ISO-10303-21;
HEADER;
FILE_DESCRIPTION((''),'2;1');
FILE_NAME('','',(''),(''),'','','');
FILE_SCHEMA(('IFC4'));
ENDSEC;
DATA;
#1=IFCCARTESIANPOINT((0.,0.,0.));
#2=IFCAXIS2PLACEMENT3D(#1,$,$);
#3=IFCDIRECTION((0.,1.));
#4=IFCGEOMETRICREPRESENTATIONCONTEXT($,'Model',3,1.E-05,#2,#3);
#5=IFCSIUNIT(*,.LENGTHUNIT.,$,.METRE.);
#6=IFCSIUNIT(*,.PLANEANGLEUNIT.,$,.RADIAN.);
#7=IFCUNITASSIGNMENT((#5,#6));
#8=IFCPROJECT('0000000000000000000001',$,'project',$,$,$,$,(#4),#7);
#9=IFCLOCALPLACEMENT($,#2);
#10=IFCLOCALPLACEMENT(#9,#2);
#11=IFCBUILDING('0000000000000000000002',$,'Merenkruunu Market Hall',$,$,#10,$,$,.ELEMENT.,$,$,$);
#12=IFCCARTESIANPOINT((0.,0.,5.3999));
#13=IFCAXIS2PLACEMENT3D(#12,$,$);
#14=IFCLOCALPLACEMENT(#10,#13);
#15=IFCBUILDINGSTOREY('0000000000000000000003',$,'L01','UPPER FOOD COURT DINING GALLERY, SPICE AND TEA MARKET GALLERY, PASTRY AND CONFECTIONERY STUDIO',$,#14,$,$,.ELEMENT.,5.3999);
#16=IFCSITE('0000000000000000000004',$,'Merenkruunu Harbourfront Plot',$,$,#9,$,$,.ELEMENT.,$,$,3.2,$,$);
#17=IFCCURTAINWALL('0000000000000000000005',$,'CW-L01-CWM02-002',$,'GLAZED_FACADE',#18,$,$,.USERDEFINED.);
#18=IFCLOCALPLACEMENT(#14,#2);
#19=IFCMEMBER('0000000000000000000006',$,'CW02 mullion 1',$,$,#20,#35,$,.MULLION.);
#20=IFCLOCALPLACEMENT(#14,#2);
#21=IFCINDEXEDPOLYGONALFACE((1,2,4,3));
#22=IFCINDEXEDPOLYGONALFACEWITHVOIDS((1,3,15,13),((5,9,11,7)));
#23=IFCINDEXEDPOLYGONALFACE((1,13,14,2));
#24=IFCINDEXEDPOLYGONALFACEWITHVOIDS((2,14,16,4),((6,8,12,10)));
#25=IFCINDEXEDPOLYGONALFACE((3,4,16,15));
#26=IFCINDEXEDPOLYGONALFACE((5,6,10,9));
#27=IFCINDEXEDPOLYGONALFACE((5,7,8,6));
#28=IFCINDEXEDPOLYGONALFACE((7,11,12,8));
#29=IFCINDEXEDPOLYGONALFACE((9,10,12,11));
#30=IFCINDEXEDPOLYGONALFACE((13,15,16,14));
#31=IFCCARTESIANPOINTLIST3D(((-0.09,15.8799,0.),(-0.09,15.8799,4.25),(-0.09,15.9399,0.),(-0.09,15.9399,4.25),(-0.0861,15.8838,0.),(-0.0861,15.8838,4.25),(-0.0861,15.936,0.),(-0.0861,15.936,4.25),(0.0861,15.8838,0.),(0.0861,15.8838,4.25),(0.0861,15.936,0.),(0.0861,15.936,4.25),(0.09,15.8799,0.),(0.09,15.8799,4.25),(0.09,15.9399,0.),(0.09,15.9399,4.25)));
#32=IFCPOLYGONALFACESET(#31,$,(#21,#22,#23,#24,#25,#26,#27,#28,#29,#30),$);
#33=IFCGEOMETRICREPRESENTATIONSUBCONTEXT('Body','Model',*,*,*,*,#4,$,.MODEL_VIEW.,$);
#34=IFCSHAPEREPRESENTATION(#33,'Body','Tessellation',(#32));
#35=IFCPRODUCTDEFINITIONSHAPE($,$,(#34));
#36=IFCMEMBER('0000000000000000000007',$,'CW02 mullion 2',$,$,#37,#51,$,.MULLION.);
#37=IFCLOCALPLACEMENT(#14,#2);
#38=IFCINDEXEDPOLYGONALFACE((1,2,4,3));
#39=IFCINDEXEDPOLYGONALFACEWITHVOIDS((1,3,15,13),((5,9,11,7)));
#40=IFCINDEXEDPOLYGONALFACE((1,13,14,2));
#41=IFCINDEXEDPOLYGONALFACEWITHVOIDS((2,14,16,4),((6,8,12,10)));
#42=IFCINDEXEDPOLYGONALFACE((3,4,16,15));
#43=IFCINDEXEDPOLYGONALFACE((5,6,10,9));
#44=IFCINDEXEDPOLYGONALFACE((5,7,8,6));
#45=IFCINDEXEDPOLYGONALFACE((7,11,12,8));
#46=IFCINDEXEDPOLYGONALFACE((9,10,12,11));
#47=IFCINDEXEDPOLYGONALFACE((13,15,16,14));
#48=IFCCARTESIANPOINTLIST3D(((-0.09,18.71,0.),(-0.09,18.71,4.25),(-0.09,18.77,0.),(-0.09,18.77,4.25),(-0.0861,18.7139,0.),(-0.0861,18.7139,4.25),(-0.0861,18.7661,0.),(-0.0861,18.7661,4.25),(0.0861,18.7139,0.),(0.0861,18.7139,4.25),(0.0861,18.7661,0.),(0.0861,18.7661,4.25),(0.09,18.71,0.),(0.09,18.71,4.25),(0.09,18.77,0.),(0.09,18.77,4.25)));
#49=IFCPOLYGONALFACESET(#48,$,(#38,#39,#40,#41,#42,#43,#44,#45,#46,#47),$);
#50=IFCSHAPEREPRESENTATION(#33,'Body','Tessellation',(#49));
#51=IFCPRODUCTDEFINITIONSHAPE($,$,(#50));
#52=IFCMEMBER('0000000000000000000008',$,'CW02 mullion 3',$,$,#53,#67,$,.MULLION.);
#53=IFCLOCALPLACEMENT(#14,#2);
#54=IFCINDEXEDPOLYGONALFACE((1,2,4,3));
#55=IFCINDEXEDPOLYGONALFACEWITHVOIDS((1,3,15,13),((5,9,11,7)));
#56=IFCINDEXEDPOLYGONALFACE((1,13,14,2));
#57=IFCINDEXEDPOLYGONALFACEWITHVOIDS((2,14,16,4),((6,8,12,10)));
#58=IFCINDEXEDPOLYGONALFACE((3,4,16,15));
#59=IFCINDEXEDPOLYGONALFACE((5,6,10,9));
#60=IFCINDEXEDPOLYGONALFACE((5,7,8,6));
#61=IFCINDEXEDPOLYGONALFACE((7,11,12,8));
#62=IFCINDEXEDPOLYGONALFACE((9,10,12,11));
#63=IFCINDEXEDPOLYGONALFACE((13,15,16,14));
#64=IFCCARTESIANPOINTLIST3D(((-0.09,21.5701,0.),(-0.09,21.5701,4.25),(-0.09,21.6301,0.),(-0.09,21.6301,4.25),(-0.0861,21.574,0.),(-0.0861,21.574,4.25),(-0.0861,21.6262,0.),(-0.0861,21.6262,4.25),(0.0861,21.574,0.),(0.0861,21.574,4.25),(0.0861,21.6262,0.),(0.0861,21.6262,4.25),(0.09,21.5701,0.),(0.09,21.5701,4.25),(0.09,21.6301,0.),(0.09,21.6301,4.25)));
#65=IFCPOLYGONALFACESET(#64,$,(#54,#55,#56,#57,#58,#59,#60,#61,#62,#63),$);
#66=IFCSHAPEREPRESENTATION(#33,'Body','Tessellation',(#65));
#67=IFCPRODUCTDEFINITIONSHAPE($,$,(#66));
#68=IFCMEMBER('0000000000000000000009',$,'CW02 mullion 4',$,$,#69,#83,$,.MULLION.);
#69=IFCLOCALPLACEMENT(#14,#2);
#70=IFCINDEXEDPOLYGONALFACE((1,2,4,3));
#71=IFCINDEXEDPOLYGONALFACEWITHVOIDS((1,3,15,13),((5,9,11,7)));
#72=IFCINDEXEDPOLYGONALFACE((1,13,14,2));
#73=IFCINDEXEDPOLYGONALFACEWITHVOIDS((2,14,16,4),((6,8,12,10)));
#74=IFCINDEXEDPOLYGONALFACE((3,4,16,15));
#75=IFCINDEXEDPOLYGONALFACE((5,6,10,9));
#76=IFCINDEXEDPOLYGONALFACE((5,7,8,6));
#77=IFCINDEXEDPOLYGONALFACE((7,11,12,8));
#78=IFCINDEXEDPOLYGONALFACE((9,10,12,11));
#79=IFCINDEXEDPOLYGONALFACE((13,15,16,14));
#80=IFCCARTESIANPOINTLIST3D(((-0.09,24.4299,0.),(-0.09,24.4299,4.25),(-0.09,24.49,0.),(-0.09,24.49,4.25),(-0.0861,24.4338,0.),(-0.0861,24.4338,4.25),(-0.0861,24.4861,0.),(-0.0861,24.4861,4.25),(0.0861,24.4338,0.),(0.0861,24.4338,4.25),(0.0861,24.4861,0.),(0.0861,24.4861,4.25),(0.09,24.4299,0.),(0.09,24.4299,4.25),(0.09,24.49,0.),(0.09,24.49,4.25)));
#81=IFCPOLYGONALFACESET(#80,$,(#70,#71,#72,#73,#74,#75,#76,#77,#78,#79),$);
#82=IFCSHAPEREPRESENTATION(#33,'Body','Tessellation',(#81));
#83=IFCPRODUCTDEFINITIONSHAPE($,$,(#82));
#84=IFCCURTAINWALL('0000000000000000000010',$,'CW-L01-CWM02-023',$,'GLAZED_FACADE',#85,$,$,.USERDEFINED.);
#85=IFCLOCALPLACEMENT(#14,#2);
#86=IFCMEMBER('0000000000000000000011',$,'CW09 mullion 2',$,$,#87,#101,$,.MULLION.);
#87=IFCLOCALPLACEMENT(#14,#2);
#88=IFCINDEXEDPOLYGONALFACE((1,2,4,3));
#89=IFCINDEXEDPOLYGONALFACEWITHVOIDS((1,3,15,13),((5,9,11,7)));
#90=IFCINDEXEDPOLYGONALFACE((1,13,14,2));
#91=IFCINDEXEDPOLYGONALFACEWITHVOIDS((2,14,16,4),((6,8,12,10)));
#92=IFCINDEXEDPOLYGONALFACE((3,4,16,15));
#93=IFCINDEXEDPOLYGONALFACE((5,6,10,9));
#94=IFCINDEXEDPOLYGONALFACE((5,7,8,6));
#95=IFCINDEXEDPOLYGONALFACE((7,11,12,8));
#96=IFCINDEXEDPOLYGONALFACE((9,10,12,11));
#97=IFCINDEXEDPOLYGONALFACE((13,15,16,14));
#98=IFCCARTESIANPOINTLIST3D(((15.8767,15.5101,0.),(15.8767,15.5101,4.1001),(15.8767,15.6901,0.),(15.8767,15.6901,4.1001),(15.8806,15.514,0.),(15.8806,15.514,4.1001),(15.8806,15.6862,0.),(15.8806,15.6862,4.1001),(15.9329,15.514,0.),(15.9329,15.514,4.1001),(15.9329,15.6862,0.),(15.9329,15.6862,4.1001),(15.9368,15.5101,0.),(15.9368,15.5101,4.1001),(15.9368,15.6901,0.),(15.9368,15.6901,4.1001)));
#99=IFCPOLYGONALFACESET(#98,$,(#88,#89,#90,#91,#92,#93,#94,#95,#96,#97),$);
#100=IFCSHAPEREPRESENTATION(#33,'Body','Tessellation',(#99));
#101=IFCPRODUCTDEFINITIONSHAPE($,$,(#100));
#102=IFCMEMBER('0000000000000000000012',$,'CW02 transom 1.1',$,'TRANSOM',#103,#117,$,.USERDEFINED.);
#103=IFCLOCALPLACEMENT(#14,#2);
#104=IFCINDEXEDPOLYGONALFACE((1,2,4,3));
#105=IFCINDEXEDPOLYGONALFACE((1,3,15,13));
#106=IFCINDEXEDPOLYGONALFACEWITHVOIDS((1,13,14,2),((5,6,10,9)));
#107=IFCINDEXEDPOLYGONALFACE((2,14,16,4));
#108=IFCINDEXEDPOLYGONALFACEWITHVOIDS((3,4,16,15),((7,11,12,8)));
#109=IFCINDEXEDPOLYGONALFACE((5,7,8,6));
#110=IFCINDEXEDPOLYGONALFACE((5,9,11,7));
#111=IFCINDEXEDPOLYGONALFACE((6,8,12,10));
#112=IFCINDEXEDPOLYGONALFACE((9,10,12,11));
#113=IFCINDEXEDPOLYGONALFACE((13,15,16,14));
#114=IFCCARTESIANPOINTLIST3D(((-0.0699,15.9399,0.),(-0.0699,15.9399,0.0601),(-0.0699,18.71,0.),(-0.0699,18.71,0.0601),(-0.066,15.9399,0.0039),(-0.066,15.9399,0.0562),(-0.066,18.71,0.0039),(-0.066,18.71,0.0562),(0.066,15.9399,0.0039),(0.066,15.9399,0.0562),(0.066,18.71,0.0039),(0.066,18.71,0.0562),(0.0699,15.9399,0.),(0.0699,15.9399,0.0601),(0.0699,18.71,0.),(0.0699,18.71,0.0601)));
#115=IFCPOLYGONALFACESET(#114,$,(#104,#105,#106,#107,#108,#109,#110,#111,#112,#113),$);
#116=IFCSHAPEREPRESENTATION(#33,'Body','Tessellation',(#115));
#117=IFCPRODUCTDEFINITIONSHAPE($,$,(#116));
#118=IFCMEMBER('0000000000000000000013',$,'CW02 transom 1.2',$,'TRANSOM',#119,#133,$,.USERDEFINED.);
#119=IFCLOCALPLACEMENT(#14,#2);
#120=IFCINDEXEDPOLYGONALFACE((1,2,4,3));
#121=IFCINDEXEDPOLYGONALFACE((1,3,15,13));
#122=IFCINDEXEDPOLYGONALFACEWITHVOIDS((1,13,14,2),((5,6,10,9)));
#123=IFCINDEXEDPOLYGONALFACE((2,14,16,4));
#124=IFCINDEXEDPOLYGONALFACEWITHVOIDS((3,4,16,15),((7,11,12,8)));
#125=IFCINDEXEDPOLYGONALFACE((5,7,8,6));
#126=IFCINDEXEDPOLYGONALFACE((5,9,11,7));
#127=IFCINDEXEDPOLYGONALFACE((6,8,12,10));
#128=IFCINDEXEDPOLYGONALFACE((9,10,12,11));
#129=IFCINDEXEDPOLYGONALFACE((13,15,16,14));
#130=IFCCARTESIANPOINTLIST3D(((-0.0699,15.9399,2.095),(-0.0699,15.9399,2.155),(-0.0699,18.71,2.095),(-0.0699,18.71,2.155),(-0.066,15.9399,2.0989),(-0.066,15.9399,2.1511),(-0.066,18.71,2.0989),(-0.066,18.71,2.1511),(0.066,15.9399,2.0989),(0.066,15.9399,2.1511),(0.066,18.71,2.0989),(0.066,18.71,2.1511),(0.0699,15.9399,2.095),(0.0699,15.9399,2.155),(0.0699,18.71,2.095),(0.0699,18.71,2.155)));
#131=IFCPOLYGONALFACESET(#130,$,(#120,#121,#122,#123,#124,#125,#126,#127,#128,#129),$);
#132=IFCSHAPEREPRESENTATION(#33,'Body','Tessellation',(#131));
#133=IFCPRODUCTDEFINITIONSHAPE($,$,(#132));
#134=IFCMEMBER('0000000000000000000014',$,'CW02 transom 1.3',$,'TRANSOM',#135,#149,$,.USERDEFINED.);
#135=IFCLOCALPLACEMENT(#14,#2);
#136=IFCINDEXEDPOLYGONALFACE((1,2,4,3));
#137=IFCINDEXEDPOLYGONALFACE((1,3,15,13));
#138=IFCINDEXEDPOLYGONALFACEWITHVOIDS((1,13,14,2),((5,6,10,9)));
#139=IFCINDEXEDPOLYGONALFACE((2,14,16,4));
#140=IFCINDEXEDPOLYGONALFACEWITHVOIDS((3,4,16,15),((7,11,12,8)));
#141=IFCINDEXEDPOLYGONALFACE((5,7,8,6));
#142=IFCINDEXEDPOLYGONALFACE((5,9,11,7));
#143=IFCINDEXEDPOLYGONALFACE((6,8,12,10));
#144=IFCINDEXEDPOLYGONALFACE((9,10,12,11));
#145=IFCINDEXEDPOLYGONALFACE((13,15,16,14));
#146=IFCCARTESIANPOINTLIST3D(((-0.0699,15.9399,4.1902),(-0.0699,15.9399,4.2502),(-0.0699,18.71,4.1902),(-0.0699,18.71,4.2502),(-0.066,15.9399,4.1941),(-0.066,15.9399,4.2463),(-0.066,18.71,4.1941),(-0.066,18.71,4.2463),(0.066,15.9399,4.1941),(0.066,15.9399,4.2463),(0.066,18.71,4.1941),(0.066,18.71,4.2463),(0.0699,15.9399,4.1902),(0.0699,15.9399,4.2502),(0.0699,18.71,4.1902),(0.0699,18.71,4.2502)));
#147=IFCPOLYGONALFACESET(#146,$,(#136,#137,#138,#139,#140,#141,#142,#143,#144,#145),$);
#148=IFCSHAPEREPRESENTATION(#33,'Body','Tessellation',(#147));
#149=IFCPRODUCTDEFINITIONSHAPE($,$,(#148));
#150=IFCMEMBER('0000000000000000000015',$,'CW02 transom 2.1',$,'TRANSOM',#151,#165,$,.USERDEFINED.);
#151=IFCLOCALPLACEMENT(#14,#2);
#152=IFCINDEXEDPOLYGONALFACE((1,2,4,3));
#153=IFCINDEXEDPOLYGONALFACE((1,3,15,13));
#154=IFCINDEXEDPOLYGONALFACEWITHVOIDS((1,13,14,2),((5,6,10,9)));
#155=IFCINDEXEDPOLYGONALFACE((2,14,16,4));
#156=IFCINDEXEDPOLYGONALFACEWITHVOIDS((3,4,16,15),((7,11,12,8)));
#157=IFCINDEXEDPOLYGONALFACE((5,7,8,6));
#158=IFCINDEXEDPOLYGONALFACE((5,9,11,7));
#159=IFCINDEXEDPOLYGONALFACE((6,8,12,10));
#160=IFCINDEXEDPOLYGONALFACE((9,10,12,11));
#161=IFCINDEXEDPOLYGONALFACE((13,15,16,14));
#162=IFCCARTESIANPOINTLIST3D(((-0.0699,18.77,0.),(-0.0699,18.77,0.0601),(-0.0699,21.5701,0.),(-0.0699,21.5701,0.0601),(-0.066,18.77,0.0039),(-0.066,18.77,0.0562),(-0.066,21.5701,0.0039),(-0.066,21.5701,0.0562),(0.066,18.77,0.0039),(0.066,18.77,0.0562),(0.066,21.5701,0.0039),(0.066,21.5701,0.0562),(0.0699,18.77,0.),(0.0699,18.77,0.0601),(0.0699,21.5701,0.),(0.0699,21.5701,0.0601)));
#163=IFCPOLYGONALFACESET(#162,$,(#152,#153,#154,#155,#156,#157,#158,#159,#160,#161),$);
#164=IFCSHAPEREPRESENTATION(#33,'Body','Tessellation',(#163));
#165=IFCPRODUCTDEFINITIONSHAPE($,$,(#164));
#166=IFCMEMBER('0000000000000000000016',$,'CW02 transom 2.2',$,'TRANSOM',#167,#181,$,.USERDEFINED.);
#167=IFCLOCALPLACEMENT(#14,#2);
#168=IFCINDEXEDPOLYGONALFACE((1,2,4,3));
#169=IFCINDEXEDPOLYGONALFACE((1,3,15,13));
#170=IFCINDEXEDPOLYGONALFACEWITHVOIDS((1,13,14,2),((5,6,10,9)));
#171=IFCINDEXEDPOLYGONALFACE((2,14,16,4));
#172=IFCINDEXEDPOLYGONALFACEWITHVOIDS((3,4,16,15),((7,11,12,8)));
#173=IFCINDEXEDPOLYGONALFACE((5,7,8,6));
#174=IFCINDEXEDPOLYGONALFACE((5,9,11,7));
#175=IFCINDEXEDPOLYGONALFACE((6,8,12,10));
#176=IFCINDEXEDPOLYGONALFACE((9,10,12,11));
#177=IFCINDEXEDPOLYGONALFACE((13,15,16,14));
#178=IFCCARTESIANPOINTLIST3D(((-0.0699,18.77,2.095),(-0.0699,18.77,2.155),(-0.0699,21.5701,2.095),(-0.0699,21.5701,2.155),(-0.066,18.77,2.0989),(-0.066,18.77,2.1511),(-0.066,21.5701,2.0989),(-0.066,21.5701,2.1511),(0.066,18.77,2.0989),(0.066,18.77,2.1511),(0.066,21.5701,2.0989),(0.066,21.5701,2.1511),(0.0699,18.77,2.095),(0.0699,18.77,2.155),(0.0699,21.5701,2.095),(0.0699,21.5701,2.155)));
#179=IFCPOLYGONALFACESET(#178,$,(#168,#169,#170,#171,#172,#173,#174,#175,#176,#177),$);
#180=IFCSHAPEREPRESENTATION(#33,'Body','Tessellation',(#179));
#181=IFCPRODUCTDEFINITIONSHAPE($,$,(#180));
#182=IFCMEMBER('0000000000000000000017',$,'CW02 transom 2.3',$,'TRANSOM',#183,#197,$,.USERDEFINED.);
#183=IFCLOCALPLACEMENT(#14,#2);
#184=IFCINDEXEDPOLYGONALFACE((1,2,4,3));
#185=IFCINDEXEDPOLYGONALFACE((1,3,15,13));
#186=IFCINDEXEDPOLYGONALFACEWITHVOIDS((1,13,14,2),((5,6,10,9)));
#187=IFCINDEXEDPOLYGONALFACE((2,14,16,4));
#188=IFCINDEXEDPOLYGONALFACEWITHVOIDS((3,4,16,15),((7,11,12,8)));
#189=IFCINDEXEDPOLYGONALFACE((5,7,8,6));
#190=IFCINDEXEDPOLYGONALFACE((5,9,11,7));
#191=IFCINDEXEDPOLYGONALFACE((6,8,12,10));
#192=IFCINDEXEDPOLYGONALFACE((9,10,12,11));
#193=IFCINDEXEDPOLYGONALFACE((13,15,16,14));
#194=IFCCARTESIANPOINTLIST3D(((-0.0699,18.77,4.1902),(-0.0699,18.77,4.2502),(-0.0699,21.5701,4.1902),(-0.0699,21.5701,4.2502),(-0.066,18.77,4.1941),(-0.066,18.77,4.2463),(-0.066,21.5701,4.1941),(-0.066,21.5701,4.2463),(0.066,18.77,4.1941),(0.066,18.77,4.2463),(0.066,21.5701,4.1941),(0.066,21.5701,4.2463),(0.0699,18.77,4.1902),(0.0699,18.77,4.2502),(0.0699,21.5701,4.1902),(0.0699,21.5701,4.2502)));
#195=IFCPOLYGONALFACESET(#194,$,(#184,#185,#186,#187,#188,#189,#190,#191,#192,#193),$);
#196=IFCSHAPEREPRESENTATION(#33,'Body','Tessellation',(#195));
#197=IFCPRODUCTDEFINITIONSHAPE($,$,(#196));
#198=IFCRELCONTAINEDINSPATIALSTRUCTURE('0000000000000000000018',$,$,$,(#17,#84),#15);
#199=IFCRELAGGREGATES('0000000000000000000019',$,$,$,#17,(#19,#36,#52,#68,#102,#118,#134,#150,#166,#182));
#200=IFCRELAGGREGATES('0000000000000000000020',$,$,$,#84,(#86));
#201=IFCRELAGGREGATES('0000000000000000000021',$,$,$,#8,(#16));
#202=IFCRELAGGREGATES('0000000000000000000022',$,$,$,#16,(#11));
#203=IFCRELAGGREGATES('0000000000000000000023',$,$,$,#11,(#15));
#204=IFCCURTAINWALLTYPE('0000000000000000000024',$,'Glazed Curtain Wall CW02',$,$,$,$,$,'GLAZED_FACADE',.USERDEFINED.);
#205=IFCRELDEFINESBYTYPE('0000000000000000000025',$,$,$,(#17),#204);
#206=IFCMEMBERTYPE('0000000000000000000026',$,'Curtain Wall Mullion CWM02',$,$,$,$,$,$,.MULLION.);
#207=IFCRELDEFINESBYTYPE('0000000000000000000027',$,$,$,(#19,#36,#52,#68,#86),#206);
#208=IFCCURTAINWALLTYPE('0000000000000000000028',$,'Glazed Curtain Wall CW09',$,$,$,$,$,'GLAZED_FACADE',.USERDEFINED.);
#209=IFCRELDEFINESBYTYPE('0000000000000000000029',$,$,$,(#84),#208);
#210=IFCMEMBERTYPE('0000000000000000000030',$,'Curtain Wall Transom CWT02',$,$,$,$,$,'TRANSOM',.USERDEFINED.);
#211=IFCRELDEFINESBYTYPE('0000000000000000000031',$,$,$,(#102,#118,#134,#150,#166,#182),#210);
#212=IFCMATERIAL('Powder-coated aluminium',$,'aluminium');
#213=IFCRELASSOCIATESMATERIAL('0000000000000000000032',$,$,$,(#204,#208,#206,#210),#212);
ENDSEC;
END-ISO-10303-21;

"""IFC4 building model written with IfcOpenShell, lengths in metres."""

from ifc_helpers import new_model, si_unit, direction, frame, origin, origin_2d, place, context, subcontext, project, spatial, hollow_rectangle, extrude, material, material_profile, profile_set, type_object, element, aggregate, save


model = new_model("IFC4")

# Units and contexts
model_context = context("Model", 3, precision=1e-05, world=origin(), true_north=direction((0.0, 1.0)))
body_context = subcontext(model_context, "Body", "Model", "MODEL_VIEW")
ifc_project = project(units=[si_unit("LENGTHUNIT", "METRE"), si_unit("PLANEANGLEUNIT", "RADIAN")], contexts=[model_context])

# Site, building, storey
site_placement = place(None, origin())
site = spatial("IfcSite", under=ifc_project, at=site_placement, Name="Merenkruunu Harbourfront Plot", CompositionType="ELEMENT", RefElevation=3.2)
building_placement = place(site_placement, origin())
building = spatial("IfcBuilding", under=site, at=building_placement, Name="Merenkruunu Market Hall", CompositionType="ELEMENT")
storey_placement = place(building_placement, frame((0.0, 0.0, 5.3999)))
storey = spatial("IfcBuildingStorey", under=building, at=storey_placement, Name="L01", Description="UPPER FOOD COURT DINING GALLERY, SPICE AND TEA MARKET GALLERY, PASTRY AND CONFECTIONERY STUDIO", CompositionType="ELEMENT", Elevation=5.3999)

# Curtain wall, members
ifc_material_1 = material(Name="Powder-coated aluminium", Category="aluminium")
curtain_wall_type_1 = type_object("IfcCurtainWallType", Name="Glazed Curtain Wall CW02", ElementType="GLAZED_FACADE", PredefinedType="USERDEFINED", material=ifc_material_1)
curtain_wall_1_placement = place(storey_placement, origin())
curtain_wall_1 = element("IfcCurtainWall", 1, at=curtain_wall_1_placement, inside=storey, type_object=curtain_wall_type_1, Name="CW-L01-CWM02-002", ObjectType="GLAZED_FACADE", PredefinedType="USERDEFINED")
ifc_material_profile_1 = material_profile(ifc_material_1, hollow_rectangle(XDim=0.0601, YDim=0.1799, WallThickness=0.0039, at=origin_2d()), Name="ALU 60x180x4")
ifc_profile_set_1 = profile_set([ifc_material_profile_1], Name="Powder-coated aluminium")
member_type_1 = type_object("IfcMemberType", Name="Curtain Wall Mullion CWM02", PredefinedType="MULLION", material=ifc_profile_set_1)
member_1_placement = place(storey_placement, frame((0.0, 15.9099, 0.0), z_axis=(0.0, 0.0, 1.0), x_axis=(0.0, 1.0, 0.0)))
member_1 = element("IfcMember", 2, at=member_1_placement, type_object=member_type_1, Name="CW02 mullion 1", PredefinedType="MULLION", context=body_context, shape_type="SweptSolid", body=[
    extrude(hollow_rectangle(XDim=0.0601, YDim=0.1799, WallThickness=0.0039, at=origin_2d()), origin(), (0.0, 0.0, 1.0), 4.25),
])
member_2_placement = place(storey_placement, frame((0.0, 18.74, 0.0), z_axis=(0.0, 0.0, 1.0), x_axis=(0.0, 1.0, 0.0)))
member_2 = element("IfcMember", 3, at=member_2_placement, type_object=member_type_1, Name="CW02 mullion 2", PredefinedType="MULLION", context=body_context, shape_type="SweptSolid", body=[
    extrude(hollow_rectangle(XDim=0.0601, YDim=0.1799, WallThickness=0.0039, at=origin_2d()), origin(), (0.0, 0.0, 1.0), 4.25),
])
member_3_placement = place(storey_placement, frame((0.0, 21.6001, 0.0), z_axis=(0.0, 0.0, 1.0), x_axis=(0.0, 1.0, 0.0)))
member_3 = element("IfcMember", 4, at=member_3_placement, type_object=member_type_1, Name="CW02 mullion 3", PredefinedType="MULLION", context=body_context, shape_type="SweptSolid", body=[
    extrude(hollow_rectangle(XDim=0.0601, YDim=0.1799, WallThickness=0.0039, at=origin_2d()), origin(), (0.0, 0.0, 1.0), 4.25),
])
member_4_placement = place(storey_placement, frame((0.0, 24.46, 0.0), z_axis=(0.0, 0.0, 1.0), x_axis=(0.0, 1.0, 0.0)))
member_4 = element("IfcMember", 5, at=member_4_placement, type_object=member_type_1, Name="CW02 mullion 4", PredefinedType="MULLION", context=body_context, shape_type="SweptSolid", body=[
    extrude(hollow_rectangle(XDim=0.0601, YDim=0.1799, WallThickness=0.0039, at=origin_2d()), origin(), (0.0, 0.0, 1.0), 4.25),
])

# Curtain wall, member
curtain_wall_type_2 = type_object("IfcCurtainWallType", Name="Glazed Curtain Wall CW09", ElementType="GLAZED_FACADE", PredefinedType="USERDEFINED", material=ifc_material_1)
curtain_wall_2_placement = place(storey_placement, origin())
curtain_wall_2 = element("IfcCurtainWall", 6, at=curtain_wall_2_placement, inside=storey, type_object=curtain_wall_type_2, Name="CW-L01-CWM02-023", ObjectType="GLAZED_FACADE", PredefinedType="USERDEFINED")
member_5_placement = place(storey_placement, frame((15.9067, 15.6001, 0.0), z_axis=(0.0, 0.0, 1.0), x_axis=(-1.0, 0.0, 0.0)))
member_5 = element("IfcMember", 7, at=member_5_placement, type_object=member_type_1, Name="CW09 mullion 2", PredefinedType="MULLION", context=body_context, shape_type="SweptSolid", body=[
    extrude(hollow_rectangle(XDim=0.0601, YDim=0.1799, WallThickness=0.0039, at=origin_2d()), origin(), (0.0, 0.0, 1.0), 4.1001),
])

# Members
ifc_material_profile_2 = material_profile(ifc_material_1, hollow_rectangle(XDim=0.0601, YDim=0.1399, WallThickness=0.0039, at=origin_2d()), Name="ALU 60x140x4")
ifc_profile_set_2 = profile_set([ifc_material_profile_2], Name="Powder-coated aluminium")
member_type_2 = type_object("IfcMemberType", Name="Curtain Wall Transom CWT02", ElementType="TRANSOM", PredefinedType="USERDEFINED", material=ifc_profile_set_2)
member_6_placement = place(storey_placement, frame((0.0, 15.9399, 0.03), z_axis=(0.0, 1.0, 0.0), x_axis=(0.0, 0.0, 1.0)))
member_6 = element("IfcMember", 8, at=member_6_placement, type_object=member_type_2, Name="CW02 transom 1.1", ObjectType="TRANSOM", PredefinedType="USERDEFINED", context=body_context, shape_type="SweptSolid", body=[
    extrude(hollow_rectangle(XDim=0.0601, YDim=0.1399, WallThickness=0.0039, at=origin_2d()), origin(), (0.0, 0.0, 1.0), 2.77),
])
member_7_placement = place(storey_placement, frame((0.0, 15.9399, 2.125), z_axis=(0.0, 1.0, 0.0), x_axis=(0.0, 0.0, 1.0)))
member_7 = element("IfcMember", 9, at=member_7_placement, type_object=member_type_2, Name="CW02 transom 1.2", ObjectType="TRANSOM", PredefinedType="USERDEFINED", context=body_context, shape_type="SweptSolid", body=[
    extrude(hollow_rectangle(XDim=0.0601, YDim=0.1399, WallThickness=0.0039, at=origin_2d()), origin(), (0.0, 0.0, 1.0), 2.77),
])
member_8_placement = place(storey_placement, frame((0.0, 15.9399, 4.2202), z_axis=(0.0, 1.0, 0.0), x_axis=(0.0, 0.0, 1.0)))
member_8 = element("IfcMember", 10, at=member_8_placement, type_object=member_type_2, Name="CW02 transom 1.3", ObjectType="TRANSOM", PredefinedType="USERDEFINED", context=body_context, shape_type="SweptSolid", body=[
    extrude(hollow_rectangle(XDim=0.0601, YDim=0.1399, WallThickness=0.0039, at=origin_2d()), origin(), (0.0, 0.0, 1.0), 2.77),
])
member_9_placement = place(storey_placement, frame((0.0, 18.77, 0.03), z_axis=(0.0, 1.0, 0.0), x_axis=(0.0, 0.0, 1.0)))
member_9 = element("IfcMember", 11, at=member_9_placement, type_object=member_type_2, Name="CW02 transom 2.1", ObjectType="TRANSOM", PredefinedType="USERDEFINED", context=body_context, shape_type="SweptSolid", body=[
    extrude(hollow_rectangle(XDim=0.0601, YDim=0.1399, WallThickness=0.0039, at=origin_2d()), origin(), (0.0, 0.0, 1.0), 2.8),
])
member_10_placement = place(storey_placement, frame((0.0, 18.77, 2.125), z_axis=(0.0, 1.0, 0.0), x_axis=(0.0, 0.0, 1.0)))
member_10 = element("IfcMember", 12, at=member_10_placement, type_object=member_type_2, Name="CW02 transom 2.2", ObjectType="TRANSOM", PredefinedType="USERDEFINED", context=body_context, shape_type="SweptSolid", body=[
    extrude(hollow_rectangle(XDim=0.0601, YDim=0.1399, WallThickness=0.0039, at=origin_2d()), origin(), (0.0, 0.0, 1.0), 2.8),
])
member_11_placement = place(storey_placement, frame((0.0, 18.77, 4.2202), z_axis=(0.0, 1.0, 0.0), x_axis=(0.0, 0.0, 1.0)))
member_11 = element("IfcMember", 13, at=member_11_placement, type_object=member_type_2, Name="CW02 transom 2.3", ObjectType="TRANSOM", PredefinedType="USERDEFINED", context=body_context, shape_type="SweptSolid", body=[
    extrude(hollow_rectangle(XDim=0.0601, YDim=0.1399, WallThickness=0.0039, at=origin_2d()), origin(), (0.0, 0.0, 1.0), 2.8),
])

aggregate(curtain_wall_1, [member_1, member_2, member_3, member_4, member_6, member_7, member_8, member_9, member_10, member_11])
aggregate(curtain_wall_2, [member_5])

save(model, "model.ifc")
